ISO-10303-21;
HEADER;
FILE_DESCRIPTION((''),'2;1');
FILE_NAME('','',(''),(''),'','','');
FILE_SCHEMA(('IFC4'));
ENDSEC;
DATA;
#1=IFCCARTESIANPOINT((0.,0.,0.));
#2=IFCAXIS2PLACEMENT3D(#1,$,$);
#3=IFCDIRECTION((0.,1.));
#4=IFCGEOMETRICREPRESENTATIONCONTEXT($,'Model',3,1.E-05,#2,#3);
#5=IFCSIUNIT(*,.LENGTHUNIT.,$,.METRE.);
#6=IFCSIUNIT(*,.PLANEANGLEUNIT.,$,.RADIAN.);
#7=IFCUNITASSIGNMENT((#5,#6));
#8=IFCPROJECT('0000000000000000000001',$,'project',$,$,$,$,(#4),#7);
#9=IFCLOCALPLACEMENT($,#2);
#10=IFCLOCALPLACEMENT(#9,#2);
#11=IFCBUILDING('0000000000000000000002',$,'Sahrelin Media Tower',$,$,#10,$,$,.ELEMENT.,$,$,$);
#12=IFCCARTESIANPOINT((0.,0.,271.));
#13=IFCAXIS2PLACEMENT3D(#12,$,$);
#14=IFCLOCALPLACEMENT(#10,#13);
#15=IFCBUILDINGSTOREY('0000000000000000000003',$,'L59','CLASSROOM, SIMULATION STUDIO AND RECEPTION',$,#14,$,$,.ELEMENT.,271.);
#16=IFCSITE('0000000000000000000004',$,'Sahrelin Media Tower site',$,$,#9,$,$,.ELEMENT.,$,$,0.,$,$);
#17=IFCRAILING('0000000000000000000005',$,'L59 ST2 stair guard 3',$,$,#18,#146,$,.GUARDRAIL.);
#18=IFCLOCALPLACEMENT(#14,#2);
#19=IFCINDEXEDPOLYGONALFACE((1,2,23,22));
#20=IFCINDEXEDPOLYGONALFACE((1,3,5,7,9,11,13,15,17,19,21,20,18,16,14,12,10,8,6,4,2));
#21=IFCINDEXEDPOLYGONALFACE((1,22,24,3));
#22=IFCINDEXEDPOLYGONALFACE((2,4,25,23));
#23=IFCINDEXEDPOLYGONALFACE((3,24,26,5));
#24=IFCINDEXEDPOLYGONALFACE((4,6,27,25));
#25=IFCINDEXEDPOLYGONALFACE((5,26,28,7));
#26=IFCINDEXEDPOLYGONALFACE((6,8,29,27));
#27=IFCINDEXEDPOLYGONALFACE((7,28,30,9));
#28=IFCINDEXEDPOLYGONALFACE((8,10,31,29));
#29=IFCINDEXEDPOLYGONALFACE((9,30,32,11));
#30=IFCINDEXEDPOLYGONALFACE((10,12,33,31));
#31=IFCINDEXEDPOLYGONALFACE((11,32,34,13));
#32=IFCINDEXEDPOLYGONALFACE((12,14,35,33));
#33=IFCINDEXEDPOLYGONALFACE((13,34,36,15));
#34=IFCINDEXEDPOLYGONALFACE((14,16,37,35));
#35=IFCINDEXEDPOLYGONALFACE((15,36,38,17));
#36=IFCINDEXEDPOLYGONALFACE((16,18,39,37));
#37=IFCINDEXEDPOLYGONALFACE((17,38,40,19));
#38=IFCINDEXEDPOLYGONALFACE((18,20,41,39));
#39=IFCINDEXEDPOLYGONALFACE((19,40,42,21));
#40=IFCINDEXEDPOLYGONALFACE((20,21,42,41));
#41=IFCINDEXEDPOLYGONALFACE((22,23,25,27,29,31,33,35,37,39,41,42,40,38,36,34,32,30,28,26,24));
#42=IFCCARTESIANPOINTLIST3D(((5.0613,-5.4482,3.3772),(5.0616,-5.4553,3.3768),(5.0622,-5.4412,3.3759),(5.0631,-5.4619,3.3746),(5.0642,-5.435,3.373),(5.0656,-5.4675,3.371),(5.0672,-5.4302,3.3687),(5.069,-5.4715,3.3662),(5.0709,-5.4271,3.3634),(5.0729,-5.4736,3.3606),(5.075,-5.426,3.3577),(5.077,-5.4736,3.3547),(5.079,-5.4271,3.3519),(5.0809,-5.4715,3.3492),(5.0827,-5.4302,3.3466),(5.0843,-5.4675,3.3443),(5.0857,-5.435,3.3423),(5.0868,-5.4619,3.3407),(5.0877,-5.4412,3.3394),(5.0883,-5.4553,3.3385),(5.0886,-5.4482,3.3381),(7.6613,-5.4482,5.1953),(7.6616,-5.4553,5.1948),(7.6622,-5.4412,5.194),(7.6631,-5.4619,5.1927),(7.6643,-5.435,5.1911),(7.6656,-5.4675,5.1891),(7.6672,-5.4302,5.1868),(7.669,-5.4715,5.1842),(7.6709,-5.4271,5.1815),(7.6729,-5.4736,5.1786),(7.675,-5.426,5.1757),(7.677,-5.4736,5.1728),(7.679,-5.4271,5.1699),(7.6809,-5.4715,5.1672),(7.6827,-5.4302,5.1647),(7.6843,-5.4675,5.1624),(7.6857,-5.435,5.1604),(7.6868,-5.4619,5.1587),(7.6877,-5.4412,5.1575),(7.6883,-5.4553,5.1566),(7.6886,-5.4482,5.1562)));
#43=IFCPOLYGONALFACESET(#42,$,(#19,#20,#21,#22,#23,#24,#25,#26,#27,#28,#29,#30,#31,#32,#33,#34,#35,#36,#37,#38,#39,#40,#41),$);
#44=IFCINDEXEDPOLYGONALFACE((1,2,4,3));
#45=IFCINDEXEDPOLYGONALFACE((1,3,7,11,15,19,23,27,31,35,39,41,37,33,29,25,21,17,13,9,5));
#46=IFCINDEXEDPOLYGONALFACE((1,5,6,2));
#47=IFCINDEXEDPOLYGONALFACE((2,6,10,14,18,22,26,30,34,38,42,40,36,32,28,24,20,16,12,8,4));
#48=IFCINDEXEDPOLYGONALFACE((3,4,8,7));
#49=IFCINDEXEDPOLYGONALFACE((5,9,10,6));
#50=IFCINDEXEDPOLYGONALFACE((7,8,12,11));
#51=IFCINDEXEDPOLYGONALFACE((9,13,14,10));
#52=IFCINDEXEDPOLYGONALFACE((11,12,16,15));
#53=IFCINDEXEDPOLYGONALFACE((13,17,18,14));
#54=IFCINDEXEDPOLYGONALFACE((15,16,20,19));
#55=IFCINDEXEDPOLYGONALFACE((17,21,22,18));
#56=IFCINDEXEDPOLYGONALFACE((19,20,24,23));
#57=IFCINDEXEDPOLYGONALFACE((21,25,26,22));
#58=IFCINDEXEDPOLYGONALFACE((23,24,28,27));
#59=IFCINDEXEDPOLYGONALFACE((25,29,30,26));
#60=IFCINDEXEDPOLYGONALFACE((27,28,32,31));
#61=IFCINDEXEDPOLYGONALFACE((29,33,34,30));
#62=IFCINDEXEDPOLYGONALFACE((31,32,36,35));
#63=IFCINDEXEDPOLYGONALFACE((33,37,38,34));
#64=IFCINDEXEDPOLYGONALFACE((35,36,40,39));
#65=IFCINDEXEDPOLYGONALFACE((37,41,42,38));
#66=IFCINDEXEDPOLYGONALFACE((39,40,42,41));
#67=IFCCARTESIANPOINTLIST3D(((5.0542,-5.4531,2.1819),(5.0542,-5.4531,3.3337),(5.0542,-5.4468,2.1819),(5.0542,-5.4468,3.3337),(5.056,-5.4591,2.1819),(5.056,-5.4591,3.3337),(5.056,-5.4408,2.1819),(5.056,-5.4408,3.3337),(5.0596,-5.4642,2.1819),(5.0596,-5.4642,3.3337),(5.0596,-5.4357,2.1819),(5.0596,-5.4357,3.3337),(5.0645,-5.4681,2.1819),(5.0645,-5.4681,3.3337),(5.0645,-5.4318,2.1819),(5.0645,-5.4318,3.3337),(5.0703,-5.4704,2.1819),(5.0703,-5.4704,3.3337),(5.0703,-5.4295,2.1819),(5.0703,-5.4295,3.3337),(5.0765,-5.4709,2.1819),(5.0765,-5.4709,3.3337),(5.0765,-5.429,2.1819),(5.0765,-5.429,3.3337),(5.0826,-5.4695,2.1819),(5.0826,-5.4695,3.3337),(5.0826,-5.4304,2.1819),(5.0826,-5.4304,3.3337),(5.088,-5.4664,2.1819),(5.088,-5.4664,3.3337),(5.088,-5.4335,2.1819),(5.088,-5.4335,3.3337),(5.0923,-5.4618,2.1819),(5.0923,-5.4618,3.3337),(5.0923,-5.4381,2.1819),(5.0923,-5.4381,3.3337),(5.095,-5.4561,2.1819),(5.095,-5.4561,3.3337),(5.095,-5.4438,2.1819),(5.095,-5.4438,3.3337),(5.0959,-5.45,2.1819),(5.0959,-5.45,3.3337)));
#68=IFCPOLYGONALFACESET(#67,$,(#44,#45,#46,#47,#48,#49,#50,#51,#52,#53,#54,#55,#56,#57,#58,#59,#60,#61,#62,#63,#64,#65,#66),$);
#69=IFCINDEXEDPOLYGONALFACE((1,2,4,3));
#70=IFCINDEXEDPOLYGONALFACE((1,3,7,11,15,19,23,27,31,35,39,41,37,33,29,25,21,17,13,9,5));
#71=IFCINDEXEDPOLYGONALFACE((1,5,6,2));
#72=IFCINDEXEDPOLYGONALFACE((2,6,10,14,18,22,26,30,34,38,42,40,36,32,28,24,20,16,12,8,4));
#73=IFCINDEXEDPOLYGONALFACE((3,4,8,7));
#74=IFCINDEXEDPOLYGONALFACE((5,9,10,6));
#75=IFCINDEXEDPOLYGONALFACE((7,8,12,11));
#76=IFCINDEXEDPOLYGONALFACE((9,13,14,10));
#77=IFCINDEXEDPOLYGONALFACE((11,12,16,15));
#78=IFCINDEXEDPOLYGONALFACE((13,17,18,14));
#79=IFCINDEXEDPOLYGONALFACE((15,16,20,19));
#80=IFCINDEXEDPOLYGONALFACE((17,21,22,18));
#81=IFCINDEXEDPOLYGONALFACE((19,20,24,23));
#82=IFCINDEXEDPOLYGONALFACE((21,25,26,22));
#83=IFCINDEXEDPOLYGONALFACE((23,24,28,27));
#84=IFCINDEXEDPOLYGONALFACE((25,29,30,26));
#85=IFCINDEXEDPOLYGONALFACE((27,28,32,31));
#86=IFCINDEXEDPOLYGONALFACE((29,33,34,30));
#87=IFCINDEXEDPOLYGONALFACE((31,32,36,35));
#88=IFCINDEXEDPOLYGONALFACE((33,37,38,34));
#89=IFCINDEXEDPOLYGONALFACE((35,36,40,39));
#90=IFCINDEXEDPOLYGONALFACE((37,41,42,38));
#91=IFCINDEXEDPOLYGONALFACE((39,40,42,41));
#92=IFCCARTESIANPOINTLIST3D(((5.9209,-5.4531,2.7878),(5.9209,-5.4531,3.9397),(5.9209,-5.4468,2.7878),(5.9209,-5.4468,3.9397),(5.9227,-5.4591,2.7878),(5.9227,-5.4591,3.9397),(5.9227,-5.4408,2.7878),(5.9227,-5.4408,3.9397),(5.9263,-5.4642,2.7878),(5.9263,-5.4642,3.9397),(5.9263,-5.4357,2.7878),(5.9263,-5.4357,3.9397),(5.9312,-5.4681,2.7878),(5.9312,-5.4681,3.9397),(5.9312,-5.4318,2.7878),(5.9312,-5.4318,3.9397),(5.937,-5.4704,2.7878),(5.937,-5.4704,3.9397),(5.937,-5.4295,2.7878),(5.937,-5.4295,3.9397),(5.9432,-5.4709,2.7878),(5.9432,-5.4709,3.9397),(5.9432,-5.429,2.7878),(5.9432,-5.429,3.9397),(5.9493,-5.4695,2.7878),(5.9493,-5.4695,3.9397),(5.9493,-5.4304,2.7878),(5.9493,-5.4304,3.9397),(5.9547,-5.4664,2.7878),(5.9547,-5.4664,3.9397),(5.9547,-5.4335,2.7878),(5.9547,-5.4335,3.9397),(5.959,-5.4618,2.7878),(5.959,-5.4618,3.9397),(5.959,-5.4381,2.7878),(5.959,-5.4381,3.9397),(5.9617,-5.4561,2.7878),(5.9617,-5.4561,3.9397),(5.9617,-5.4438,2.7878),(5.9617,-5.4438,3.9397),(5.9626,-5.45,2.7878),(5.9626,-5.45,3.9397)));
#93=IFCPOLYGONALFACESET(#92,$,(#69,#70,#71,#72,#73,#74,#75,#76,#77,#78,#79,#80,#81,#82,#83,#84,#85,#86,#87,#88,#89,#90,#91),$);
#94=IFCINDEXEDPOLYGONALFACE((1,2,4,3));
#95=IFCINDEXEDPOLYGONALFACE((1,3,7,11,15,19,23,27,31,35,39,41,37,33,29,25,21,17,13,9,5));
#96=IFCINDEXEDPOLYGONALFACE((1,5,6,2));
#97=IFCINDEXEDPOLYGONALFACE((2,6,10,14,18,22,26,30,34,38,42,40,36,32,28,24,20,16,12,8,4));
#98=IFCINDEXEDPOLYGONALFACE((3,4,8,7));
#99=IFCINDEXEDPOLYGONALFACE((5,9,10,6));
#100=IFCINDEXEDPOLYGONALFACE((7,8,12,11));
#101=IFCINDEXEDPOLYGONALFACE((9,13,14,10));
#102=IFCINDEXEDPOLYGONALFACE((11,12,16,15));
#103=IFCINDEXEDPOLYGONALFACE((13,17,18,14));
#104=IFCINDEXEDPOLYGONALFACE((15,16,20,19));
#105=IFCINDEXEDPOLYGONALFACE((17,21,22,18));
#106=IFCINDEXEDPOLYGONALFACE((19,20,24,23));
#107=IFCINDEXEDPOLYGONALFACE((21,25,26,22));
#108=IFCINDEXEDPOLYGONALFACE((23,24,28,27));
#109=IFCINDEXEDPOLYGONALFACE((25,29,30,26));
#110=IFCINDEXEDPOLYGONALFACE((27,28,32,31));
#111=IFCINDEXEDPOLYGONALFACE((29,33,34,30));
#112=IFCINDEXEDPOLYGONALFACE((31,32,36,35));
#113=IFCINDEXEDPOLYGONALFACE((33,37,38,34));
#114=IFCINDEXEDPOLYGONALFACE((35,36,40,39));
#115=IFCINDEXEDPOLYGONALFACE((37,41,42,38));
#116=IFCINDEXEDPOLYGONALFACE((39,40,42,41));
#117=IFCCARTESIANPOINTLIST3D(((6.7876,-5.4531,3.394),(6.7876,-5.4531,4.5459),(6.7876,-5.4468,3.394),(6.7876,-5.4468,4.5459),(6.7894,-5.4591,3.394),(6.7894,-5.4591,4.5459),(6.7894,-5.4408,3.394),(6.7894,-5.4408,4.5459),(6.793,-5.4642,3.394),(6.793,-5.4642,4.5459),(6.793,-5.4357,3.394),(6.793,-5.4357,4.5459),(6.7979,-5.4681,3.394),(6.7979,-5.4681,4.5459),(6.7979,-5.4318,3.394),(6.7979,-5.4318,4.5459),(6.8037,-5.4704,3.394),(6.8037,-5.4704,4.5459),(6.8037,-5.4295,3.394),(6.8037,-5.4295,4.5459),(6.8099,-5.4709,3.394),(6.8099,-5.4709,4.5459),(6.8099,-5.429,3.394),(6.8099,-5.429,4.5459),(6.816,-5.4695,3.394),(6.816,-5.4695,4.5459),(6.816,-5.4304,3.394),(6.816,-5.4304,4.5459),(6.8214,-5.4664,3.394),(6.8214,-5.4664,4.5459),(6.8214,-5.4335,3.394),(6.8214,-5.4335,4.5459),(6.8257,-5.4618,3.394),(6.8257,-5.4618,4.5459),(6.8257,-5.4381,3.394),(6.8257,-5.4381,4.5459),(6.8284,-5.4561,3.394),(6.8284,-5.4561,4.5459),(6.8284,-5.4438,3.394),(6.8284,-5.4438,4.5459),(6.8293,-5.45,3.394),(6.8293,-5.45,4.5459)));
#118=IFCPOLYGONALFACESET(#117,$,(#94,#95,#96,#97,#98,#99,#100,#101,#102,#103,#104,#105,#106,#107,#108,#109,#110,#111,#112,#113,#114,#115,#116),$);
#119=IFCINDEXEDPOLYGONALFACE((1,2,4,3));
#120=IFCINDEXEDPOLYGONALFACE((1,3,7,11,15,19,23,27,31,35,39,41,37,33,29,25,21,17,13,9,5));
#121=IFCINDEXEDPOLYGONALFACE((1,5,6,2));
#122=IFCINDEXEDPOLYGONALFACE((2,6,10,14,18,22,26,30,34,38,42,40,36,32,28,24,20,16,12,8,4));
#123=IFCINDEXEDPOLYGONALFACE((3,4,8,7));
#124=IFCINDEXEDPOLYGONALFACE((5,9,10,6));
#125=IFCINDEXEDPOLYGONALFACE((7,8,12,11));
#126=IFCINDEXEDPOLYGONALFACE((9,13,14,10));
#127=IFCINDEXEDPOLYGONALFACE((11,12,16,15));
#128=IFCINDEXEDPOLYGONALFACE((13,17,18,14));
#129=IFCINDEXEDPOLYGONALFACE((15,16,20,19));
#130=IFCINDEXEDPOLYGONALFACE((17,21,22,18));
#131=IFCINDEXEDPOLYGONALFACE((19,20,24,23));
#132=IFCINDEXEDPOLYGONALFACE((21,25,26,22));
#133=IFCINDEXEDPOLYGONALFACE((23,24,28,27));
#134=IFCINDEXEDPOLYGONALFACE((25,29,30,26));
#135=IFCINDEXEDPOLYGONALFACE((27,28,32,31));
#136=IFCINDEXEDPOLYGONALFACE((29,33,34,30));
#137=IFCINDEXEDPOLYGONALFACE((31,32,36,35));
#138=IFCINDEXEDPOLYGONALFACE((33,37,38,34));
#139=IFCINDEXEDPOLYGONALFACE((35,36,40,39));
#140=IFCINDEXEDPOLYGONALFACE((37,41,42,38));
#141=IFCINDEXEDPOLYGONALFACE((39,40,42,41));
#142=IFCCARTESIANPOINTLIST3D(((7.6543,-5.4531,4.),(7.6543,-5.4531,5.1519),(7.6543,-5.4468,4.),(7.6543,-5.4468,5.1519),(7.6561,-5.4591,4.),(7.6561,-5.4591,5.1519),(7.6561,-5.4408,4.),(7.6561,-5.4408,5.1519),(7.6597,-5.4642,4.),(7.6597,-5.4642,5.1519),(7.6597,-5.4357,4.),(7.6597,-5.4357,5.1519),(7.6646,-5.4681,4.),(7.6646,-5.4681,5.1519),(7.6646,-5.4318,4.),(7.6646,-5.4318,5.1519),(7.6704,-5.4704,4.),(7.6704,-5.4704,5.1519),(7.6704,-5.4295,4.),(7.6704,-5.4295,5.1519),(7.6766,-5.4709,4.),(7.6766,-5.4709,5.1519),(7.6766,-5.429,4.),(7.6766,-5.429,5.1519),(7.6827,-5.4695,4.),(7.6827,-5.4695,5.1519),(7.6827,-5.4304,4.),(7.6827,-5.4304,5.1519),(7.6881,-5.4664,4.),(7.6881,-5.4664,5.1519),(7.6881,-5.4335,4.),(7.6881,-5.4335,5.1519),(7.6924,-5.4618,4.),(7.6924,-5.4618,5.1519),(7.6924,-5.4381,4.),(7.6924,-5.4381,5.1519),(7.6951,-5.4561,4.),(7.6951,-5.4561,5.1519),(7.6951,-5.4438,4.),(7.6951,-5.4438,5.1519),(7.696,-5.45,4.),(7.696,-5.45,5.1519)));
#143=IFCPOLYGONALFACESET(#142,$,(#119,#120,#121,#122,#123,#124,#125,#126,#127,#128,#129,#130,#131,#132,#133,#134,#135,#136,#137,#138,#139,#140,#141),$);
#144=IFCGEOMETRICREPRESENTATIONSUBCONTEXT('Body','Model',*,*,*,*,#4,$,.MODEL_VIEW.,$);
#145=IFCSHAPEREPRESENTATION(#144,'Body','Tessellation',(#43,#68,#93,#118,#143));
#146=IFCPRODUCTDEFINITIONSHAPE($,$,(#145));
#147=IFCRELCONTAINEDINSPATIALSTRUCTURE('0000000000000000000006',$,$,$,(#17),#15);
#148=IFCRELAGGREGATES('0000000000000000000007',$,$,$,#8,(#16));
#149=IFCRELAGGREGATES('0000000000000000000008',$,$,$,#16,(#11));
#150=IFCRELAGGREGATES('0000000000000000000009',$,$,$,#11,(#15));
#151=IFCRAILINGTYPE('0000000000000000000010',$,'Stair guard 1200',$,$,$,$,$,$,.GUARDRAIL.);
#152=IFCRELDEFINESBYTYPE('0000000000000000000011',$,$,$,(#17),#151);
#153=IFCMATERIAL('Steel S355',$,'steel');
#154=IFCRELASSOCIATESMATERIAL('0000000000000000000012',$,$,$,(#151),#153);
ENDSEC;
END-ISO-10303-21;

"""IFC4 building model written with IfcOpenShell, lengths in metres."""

from ifc_helpers import new_model, si_unit, direction, frame, origin, origin_2d, place, context, subcontext, project, spatial, circle, extrude, material, type_object, element, save


model = new_model("IFC4")

# Units and contexts
model_context = context("Model", 3, precision=1e-05, world=origin(), true_north=direction((0.0, 1.0)))
body_context = subcontext(model_context, "Body", "Model", "MODEL_VIEW")
ifc_project = project(units=[si_unit("LENGTHUNIT", "METRE"), si_unit("PLANEANGLEUNIT", "RADIAN")], contexts=[model_context])

# Site, building, storey
site_placement = place(None, origin())
site = spatial("IfcSite", under=ifc_project, at=site_placement, Name="Sahrelin Media Tower site", CompositionType="ELEMENT", RefElevation=0.0)
building_placement = place(site_placement, origin())
building = spatial("IfcBuilding", under=site, at=building_placement, Name="Sahrelin Media Tower", CompositionType="ELEMENT")
storey_placement = place(building_placement, frame((0.0, 0.0, 271.0)))
storey = spatial("IfcBuildingStorey", under=building, at=storey_placement, Name="L59", Description="CLASSROOM, SIMULATION STUDIO AND RECEPTION", CompositionType="ELEMENT", Elevation=271.0)

# Shared definitions
ifc_material_1 = material(Name="Steel S355", Category="steel")

# Railing
railing_type_1 = type_object("IfcRailingType", Name="Stair guard 1200", PredefinedType="GUARDRAIL", material=ifc_material_1)
railing_1_placement = place(storey_placement, frame((5.075, -5.45, 2.1819)))
element("IfcRailing", 1, at=railing_1_placement, inside=storey, type_object=railing_type_1, Name="L59 ST2 stair guard 3", PredefinedType="GUARDRAIL", context=body_context, shape_type="SweptSolid", body=[
    extrude(circle(Radius=0.0239, at=origin_2d()), frame((0.0, 0.0, 1.1758), z_axis=(0.819521, 0.0, 0.573049), x_axis=(0.0, 1.0, 0.0)), (0.0, 0.0, 1.0), 3.1726),
    extrude(circle(Radius=0.021, at=origin_2d()), origin(), (0.0, 0.0, 1.0), 1.1519),
    extrude(circle(Radius=0.021, at=origin_2d()), frame((0.8667, 0.0, 0.606)), (0.0, 0.0, 1.0), 1.1519),
    extrude(circle(Radius=0.021, at=origin_2d()), frame((1.7334, 0.0, 1.2122)), (0.0, 0.0, 1.0), 1.1519),
    extrude(circle(Radius=0.021, at=origin_2d()), frame((2.6001, 0.0, 1.8181)), (0.0, 0.0, 1.0), 1.1519),
])

save(model, "model.ifc")
